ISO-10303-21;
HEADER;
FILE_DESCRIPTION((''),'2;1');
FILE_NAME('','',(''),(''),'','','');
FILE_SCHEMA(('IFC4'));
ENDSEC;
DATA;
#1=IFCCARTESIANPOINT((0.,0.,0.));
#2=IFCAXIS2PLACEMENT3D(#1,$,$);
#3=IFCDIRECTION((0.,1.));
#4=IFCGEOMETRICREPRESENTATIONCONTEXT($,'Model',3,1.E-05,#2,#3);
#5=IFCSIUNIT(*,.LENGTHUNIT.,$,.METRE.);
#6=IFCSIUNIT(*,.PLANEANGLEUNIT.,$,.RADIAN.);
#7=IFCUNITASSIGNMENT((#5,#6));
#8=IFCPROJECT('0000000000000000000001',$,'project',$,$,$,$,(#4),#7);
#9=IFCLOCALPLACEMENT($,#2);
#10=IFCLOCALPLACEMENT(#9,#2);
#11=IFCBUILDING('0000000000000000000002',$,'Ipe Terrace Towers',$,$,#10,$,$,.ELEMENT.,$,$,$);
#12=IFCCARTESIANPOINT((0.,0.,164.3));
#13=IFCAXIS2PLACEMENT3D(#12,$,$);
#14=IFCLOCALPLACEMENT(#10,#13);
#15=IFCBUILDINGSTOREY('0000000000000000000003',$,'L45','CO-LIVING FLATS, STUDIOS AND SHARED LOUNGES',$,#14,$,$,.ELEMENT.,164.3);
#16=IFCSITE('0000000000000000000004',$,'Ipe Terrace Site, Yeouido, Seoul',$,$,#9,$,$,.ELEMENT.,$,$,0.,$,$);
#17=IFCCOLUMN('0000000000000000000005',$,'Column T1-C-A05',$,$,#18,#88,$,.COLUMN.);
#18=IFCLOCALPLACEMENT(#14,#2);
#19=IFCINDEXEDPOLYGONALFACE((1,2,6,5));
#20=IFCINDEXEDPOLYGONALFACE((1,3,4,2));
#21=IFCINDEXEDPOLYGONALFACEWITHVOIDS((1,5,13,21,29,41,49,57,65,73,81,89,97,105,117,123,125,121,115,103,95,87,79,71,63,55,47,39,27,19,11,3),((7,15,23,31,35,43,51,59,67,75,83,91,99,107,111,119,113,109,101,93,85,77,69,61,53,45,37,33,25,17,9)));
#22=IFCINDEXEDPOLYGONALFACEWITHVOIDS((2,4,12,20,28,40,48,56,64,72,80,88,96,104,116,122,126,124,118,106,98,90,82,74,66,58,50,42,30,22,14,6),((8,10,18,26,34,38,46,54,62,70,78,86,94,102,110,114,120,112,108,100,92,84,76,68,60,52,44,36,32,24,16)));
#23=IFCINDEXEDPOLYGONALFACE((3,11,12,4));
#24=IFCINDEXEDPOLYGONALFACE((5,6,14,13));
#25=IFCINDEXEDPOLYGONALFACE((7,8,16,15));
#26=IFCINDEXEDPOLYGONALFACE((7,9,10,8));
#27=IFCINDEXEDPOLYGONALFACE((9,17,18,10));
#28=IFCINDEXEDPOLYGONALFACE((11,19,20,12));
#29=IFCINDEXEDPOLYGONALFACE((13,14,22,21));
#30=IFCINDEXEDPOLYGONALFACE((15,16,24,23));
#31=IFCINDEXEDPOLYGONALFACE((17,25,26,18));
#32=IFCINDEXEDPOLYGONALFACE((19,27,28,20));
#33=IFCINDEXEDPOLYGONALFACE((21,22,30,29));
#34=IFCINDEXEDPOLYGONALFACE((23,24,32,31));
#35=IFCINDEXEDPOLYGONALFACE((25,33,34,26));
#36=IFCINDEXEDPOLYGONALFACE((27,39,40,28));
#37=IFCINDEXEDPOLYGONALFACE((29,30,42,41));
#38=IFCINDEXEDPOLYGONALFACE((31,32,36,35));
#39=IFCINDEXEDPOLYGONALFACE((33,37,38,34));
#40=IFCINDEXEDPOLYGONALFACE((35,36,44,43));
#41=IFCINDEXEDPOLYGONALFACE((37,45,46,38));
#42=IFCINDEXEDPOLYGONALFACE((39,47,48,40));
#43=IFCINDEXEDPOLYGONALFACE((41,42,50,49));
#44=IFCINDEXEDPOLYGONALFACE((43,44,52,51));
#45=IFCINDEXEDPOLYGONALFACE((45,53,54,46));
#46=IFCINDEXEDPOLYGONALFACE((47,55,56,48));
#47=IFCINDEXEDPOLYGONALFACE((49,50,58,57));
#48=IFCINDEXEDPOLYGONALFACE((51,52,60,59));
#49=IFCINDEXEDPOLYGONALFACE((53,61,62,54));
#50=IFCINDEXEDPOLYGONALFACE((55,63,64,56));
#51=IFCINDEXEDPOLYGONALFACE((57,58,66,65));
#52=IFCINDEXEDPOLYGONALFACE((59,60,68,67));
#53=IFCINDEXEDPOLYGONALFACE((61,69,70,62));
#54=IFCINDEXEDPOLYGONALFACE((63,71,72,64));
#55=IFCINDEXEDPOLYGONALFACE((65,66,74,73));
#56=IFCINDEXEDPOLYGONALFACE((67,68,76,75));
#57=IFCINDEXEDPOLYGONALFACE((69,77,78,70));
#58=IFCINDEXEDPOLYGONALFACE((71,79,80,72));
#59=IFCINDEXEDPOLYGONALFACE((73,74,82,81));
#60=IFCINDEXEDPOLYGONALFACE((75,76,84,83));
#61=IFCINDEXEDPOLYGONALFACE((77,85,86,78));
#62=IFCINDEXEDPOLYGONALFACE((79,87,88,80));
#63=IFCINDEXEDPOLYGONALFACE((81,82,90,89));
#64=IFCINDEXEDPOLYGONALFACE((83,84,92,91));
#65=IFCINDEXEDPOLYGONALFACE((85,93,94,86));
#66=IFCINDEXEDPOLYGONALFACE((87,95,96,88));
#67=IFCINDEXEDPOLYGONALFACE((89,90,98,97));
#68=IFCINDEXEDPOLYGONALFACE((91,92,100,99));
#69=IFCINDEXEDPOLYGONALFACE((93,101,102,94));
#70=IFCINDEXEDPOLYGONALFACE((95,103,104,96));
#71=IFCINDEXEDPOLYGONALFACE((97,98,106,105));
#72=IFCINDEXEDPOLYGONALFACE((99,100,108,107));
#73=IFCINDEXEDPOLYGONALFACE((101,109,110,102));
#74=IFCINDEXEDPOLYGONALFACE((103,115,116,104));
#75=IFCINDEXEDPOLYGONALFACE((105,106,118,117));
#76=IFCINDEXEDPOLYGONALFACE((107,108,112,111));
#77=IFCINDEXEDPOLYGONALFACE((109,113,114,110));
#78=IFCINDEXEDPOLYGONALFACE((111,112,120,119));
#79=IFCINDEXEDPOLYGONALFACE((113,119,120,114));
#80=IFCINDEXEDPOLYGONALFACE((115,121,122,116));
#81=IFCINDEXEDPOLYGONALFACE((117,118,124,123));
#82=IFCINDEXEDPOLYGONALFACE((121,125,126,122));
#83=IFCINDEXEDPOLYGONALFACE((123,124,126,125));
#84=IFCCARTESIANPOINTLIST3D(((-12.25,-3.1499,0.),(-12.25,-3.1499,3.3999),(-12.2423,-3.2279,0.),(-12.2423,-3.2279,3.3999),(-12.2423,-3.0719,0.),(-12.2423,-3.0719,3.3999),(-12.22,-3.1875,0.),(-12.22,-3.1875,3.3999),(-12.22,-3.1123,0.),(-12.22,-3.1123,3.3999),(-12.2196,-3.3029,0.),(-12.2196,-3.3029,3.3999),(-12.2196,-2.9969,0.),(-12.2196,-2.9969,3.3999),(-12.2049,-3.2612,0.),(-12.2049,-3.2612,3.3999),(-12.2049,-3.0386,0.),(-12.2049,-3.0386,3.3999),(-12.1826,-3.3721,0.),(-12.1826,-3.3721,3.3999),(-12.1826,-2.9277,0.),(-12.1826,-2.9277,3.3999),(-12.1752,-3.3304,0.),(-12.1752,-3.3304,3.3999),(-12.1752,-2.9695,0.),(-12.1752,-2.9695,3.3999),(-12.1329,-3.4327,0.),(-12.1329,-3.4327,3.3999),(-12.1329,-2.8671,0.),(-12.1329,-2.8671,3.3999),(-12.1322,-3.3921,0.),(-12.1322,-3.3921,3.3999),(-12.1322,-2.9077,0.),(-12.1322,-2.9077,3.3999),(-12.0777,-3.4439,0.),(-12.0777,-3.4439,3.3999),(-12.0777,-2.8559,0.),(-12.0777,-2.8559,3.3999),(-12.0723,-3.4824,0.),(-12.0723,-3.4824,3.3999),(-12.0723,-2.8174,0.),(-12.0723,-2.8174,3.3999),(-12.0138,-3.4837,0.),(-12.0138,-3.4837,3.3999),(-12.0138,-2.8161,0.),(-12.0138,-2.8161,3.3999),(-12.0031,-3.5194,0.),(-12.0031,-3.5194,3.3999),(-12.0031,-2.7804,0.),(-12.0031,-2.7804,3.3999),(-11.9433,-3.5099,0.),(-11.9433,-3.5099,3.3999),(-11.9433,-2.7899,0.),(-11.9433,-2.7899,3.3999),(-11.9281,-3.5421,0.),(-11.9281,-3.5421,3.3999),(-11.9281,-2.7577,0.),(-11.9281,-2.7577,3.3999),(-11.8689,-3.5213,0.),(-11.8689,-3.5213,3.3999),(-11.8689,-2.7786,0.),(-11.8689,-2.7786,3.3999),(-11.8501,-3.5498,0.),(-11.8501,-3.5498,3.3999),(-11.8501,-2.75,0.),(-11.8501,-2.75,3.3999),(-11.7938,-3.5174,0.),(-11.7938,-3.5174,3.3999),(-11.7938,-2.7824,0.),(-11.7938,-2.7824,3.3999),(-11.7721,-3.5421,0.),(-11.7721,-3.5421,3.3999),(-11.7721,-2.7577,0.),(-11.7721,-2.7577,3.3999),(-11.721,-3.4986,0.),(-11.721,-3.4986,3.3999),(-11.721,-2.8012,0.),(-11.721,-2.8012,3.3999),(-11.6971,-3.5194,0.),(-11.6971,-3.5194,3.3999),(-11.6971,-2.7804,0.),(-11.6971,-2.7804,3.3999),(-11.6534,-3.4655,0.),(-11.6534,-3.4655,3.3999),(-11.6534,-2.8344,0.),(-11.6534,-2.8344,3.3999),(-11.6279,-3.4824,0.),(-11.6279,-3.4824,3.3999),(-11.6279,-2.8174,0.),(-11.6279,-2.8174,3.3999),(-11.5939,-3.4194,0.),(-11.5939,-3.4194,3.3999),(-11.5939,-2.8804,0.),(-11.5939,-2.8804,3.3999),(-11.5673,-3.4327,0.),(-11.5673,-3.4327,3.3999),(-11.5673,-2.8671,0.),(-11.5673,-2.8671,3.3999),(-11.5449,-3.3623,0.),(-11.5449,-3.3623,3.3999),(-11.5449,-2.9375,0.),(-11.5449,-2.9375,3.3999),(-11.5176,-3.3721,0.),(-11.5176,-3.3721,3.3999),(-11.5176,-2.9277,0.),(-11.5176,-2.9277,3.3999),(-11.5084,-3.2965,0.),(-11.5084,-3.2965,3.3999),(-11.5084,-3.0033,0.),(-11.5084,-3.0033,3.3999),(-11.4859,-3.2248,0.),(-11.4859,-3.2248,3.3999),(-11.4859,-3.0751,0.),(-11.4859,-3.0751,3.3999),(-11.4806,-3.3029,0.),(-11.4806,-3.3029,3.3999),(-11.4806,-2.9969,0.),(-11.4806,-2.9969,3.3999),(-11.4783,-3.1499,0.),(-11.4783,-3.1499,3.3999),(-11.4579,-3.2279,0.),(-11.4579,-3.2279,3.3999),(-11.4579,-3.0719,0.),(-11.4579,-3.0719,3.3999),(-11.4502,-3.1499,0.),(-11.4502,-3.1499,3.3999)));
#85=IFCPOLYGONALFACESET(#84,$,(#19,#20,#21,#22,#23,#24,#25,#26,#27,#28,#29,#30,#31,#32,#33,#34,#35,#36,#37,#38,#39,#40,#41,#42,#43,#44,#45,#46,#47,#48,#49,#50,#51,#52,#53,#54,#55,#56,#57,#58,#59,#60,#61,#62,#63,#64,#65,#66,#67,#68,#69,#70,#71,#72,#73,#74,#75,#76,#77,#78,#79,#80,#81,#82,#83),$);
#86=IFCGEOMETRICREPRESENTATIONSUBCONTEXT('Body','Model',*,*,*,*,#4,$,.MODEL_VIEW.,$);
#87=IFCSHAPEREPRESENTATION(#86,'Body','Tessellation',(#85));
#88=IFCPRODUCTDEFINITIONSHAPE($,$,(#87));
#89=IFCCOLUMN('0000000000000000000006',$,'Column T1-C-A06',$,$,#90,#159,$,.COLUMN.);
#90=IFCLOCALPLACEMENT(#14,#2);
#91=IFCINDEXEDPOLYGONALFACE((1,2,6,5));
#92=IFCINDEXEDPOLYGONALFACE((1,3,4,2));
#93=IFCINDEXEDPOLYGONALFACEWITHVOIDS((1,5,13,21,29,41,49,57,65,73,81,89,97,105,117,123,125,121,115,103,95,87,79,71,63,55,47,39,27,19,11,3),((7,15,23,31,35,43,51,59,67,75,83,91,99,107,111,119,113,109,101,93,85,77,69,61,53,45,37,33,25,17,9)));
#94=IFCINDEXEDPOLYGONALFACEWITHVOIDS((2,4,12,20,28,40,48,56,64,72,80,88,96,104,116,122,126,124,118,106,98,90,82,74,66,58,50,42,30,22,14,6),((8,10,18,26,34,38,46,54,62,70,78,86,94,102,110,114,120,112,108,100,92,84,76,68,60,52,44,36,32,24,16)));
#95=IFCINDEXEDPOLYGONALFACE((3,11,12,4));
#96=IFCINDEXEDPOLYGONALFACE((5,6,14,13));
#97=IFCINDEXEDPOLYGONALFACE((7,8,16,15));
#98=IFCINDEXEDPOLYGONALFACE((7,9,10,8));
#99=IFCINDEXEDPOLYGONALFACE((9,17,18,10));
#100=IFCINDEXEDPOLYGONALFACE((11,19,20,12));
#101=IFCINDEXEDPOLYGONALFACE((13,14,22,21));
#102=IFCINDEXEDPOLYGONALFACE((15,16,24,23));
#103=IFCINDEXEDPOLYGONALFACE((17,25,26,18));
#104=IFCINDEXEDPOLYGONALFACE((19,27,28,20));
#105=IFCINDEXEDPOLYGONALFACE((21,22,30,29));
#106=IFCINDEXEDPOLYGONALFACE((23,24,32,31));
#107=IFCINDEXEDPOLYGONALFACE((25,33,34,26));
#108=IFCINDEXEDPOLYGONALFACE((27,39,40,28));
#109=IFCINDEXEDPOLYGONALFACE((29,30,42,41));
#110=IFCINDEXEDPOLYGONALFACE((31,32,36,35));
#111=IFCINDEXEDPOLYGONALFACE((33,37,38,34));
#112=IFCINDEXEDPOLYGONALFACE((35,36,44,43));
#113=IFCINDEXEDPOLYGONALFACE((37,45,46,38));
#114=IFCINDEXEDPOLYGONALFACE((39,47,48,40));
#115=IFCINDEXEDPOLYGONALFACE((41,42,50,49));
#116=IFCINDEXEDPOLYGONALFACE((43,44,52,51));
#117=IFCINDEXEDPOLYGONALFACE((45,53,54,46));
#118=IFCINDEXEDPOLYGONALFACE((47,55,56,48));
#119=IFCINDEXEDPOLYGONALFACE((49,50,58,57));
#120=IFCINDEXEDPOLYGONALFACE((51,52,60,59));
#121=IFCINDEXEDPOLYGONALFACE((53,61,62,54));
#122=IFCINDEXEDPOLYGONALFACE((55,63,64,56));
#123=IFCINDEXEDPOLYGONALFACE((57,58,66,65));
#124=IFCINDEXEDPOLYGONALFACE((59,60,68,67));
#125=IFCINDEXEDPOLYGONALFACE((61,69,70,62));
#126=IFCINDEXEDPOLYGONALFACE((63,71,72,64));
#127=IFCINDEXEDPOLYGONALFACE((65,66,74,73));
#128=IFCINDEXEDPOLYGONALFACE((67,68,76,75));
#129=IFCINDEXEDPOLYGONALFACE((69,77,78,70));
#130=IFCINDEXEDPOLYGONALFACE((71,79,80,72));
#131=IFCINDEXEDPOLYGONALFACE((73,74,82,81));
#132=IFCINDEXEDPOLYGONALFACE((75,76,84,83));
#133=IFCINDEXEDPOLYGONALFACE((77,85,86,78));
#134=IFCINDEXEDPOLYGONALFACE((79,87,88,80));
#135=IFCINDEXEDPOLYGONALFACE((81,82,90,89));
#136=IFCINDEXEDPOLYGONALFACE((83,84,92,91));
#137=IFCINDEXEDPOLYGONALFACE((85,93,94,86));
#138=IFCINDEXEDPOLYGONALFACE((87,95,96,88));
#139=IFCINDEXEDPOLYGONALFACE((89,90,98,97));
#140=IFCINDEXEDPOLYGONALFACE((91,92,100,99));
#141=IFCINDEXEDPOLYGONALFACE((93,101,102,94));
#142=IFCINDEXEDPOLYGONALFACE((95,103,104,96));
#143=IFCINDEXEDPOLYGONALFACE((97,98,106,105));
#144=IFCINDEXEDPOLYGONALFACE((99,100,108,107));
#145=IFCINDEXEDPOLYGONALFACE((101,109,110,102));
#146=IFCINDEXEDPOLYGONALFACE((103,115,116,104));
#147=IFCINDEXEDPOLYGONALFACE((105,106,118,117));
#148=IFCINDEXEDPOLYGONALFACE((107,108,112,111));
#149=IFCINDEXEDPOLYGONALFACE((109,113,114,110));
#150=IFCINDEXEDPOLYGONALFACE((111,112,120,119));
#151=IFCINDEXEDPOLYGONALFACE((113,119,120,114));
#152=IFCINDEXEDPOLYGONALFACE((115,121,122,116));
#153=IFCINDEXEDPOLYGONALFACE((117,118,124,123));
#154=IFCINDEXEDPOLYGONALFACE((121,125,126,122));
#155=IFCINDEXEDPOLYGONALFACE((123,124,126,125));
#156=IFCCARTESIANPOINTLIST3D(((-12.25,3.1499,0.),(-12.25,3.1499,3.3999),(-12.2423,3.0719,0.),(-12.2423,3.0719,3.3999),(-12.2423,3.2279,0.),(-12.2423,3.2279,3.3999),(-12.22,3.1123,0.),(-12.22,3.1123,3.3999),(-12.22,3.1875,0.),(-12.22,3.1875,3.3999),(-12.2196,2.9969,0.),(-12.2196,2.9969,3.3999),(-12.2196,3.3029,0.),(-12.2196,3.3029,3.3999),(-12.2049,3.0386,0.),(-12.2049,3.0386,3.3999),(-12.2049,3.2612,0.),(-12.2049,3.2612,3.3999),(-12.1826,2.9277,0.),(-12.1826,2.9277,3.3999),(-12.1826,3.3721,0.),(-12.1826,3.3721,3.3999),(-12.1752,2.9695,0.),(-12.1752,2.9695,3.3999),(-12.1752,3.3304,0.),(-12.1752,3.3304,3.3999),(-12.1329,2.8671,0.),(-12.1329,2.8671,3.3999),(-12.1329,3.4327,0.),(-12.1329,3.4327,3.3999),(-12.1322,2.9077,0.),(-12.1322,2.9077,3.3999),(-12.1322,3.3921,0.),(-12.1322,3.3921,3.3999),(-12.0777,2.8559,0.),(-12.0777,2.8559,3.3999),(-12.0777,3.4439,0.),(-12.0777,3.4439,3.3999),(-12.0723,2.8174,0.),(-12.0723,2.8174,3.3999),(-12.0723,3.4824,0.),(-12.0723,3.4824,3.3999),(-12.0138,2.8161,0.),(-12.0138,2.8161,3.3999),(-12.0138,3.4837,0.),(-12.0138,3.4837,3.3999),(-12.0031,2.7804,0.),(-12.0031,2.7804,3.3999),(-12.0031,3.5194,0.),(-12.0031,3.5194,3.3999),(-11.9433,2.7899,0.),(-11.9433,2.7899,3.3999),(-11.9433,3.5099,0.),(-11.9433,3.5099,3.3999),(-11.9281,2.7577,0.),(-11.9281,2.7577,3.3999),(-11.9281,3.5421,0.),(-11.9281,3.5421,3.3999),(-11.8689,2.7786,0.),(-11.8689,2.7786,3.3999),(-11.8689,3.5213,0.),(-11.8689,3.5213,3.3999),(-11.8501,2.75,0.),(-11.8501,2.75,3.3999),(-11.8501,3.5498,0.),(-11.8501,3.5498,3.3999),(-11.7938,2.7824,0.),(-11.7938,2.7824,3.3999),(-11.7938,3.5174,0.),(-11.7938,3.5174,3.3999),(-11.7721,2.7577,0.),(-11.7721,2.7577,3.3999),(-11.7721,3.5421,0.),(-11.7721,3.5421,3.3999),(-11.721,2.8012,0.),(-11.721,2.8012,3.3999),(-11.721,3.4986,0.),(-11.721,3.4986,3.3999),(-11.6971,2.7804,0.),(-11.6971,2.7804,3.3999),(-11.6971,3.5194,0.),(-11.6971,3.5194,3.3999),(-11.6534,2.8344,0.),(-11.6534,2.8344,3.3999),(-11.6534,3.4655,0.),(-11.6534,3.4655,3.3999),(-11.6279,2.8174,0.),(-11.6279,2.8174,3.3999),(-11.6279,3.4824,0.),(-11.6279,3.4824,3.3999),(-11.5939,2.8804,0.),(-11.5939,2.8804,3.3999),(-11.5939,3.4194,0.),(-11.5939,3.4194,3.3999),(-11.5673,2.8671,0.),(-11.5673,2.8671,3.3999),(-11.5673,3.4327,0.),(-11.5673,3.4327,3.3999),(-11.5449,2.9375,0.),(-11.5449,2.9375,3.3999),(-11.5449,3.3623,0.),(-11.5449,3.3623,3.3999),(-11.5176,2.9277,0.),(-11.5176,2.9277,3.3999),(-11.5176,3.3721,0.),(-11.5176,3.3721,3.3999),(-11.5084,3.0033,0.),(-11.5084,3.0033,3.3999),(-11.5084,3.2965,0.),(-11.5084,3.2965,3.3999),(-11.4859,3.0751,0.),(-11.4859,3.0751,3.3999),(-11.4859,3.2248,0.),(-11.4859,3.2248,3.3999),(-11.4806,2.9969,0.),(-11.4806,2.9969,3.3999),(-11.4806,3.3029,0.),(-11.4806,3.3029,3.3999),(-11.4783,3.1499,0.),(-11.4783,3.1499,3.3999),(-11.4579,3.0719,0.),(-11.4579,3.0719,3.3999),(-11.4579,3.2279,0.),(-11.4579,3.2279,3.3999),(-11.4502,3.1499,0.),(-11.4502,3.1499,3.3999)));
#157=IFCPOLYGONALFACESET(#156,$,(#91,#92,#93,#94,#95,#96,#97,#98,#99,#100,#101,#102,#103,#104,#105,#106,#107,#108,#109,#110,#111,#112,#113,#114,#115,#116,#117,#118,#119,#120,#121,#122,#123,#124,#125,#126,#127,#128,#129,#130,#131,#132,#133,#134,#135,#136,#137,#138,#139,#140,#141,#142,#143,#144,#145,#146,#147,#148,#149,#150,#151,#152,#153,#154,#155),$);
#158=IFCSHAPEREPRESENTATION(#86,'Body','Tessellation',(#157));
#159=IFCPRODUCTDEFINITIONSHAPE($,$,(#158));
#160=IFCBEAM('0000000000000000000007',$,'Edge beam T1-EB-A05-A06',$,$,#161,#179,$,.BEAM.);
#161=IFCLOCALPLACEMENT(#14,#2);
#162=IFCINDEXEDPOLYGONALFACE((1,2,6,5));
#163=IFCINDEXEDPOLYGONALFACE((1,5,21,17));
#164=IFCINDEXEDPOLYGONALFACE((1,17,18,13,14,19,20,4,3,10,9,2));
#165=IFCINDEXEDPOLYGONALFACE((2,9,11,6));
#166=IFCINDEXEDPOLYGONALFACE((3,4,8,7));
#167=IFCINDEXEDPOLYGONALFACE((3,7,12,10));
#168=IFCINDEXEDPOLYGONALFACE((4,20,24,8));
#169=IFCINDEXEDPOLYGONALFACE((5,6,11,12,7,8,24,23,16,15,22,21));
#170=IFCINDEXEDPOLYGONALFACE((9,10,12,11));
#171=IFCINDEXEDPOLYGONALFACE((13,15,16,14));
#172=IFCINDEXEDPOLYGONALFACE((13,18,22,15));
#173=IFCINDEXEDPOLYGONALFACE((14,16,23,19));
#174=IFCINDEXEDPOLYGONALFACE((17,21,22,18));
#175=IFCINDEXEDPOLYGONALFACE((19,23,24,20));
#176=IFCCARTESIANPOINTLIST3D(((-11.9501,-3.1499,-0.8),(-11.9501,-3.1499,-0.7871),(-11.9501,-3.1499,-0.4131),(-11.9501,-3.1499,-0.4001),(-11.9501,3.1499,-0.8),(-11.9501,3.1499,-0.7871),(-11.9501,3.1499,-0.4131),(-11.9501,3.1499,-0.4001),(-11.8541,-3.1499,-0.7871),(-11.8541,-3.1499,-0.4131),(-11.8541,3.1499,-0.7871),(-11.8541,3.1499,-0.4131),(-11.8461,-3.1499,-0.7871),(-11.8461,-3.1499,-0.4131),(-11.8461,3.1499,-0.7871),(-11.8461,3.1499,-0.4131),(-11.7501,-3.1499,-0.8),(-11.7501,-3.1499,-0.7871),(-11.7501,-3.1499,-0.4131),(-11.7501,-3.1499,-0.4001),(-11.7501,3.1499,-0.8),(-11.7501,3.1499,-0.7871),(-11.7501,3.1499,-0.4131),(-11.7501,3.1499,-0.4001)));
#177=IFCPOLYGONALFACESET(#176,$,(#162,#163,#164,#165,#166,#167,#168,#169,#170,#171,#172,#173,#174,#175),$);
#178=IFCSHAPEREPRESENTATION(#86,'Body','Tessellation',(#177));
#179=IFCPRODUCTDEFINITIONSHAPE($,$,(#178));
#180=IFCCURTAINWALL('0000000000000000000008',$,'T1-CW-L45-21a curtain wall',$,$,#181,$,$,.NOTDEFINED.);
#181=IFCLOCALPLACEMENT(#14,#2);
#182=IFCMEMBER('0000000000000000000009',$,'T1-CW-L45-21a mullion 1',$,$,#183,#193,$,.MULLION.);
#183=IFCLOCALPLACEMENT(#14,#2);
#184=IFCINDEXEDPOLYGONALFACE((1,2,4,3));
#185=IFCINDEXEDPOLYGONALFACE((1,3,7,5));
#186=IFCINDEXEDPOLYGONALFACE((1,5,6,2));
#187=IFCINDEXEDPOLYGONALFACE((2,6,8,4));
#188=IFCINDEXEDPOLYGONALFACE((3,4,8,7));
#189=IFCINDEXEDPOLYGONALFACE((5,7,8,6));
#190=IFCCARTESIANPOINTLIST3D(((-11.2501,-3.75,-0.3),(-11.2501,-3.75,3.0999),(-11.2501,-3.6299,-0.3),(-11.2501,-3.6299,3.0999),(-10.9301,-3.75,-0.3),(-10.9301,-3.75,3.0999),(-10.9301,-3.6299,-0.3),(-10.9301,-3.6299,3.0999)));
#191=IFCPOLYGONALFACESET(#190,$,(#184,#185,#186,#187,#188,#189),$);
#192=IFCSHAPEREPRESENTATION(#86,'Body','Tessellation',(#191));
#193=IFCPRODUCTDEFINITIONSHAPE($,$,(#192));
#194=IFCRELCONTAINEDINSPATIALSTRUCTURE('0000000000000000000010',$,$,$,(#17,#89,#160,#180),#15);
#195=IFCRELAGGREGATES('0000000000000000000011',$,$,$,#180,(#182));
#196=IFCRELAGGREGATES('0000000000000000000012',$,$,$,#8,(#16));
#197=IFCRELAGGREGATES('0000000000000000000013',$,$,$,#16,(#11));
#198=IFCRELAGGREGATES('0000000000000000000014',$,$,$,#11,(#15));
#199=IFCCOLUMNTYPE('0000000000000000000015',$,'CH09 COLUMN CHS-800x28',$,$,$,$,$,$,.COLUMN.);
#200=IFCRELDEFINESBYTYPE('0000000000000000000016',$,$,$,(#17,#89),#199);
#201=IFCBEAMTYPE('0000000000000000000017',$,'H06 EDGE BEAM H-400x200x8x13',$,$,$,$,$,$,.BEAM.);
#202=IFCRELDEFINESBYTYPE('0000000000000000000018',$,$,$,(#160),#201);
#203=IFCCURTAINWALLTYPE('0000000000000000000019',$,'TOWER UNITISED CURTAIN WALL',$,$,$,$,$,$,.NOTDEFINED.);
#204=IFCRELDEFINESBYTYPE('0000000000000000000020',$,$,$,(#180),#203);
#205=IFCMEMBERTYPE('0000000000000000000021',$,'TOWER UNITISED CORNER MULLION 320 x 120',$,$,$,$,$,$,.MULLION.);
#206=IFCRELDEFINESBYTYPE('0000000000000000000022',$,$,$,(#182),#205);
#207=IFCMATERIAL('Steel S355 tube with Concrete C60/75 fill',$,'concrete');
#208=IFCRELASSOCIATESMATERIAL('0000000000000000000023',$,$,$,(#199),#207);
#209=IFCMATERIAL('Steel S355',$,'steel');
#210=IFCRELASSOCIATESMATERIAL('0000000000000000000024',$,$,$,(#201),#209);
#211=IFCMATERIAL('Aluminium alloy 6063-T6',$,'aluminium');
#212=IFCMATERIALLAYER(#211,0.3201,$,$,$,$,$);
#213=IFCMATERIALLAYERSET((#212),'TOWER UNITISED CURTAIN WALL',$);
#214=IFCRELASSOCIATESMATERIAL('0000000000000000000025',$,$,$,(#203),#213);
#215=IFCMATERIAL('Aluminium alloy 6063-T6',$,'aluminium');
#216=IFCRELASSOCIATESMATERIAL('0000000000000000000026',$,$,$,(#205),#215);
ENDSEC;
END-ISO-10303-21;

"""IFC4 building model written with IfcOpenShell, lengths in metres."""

from ifc_helpers import new_model, si_unit, direction, frame, origin, origin_2d, place, context, subcontext, project, spatial, rectangle, hollow_circle, i_section, extrude, material, layer, layer_set, material_profile, profile_set, type_object, element, aggregate, save


model = new_model("IFC4")

# Units and contexts
model_context = context("Model", 3, precision=1e-05, world=origin(), true_north=direction((0.0, 1.0)))
body_context = subcontext(model_context, "Body", "Model", "MODEL_VIEW")
ifc_project = project(units=[si_unit("LENGTHUNIT", "METRE"), si_unit("PLANEANGLEUNIT", "RADIAN")], contexts=[model_context])

# Site, building, storey
site_placement = place(None, origin())
site = spatial("IfcSite", under=ifc_project, at=site_placement, Name="Ipe Terrace Site, Yeouido, Seoul", CompositionType="ELEMENT", RefElevation=0.0)
building_placement = place(site_placement, origin())
building = spatial("IfcBuilding", under=site, at=building_placement, Name="Ipe Terrace Towers", CompositionType="ELEMENT")
storey_placement = place(building_placement, frame((0.0, 0.0, 164.3)))
storey = spatial("IfcBuildingStorey", under=building, at=storey_placement, Name="L45", Description="CO-LIVING FLATS, STUDIOS AND SHARED LOUNGES", CompositionType="ELEMENT", Elevation=164.3)

# Columns
ifc_material_1 = material(Name="Steel S355 tube with Concrete C60/75 fill", Category="concrete")
ifc_material_profile_1 = material_profile(ifc_material_1, hollow_circle(Radius=0.3999, WallThickness=0.0281, at=origin_2d()), Name="CHS-800x28")
ifc_profile_set_1 = profile_set([ifc_material_profile_1], Name="Steel S355 tube with Concrete C60/75 fill")
column_type = type_object("IfcColumnType", Name="CH09 COLUMN CHS-800x28", PredefinedType="COLUMN", material=ifc_profile_set_1)
for number, where, z_axis, x_axis, name in (
    (1, (-11.8501, -3.1499, 0.0), (0.0, 0.0, 1.0), (1.0, 0.0, 0.0), "Column T1-C-A05"),
    (2, (-11.8501, 3.1499, 0.0), (0.0, 0.0, 1.0), (1.0, 0.0, 0.0), "Column T1-C-A06"),
):
    element("IfcColumn", number, at=place(storey_placement, frame(where, z_axis=z_axis, x_axis=x_axis)), inside=storey, type_object=column_type, Name=name, PredefinedType="COLUMN", context=body_context, shape_type="SweptSolid", body=[
        extrude(hollow_circle(Radius=0.3999, WallThickness=0.0281, at=origin_2d()), origin(), (0.0, 0.0, 1.0), 3.3999),
    ])

# Beam
ifc_material_2 = material(Name="Steel S355", Category="steel")
ifc_material_profile_2 = material_profile(ifc_material_2, i_section(OverallWidth=0.2, OverallDepth=0.3999, WebThickness=0.0081, FlangeThickness=0.0129, at=origin_2d()), Name="H-400x200x8x13")
ifc_profile_set_2 = profile_set([ifc_material_profile_2], Name="Steel S355")
beam_type = type_object("IfcBeamType", Name="H06 EDGE BEAM H-400x200x8x13", PredefinedType="BEAM", material=ifc_profile_set_2)
beam_placement = place(storey_placement, frame((-11.8501, -3.1499, -0.6001), z_axis=(0.0, 1.0, 0.0), x_axis=(-1.0, 0.0, 0.0)))
element("IfcBeam", 3, at=beam_placement, inside=storey, type_object=beam_type, Name="Edge beam T1-EB-A05-A06", PredefinedType="BEAM", context=body_context, shape_type="SweptSolid", body=[
    extrude(i_section(OverallWidth=0.2, OverallDepth=0.3999, WebThickness=0.0081, FlangeThickness=0.0129, at=origin_2d()), origin(), (0.0, 0.0, 1.0), 6.2998),
])

# Curtain wall, member
ifc_material_3 = material(Name="Aluminium alloy 6063-T6", Category="aluminium")
ifc_layer_1 = layer(ifc_material_3, 0.3201)
ifc_layer_set_1 = layer_set([ifc_layer_1], Name="TOWER UNITISED CURTAIN WALL")
curtain_wall_type = type_object("IfcCurtainWallType", Name="TOWER UNITISED CURTAIN WALL", PredefinedType="NOTDEFINED", material=ifc_layer_set_1)
curtain_wall_placement = place(storey_placement, origin())
curtain_wall = element("IfcCurtainWall", 4, at=curtain_wall_placement, inside=storey, type_object=curtain_wall_type, Name="T1-CW-L45-21a curtain wall", PredefinedType="NOTDEFINED")
ifc_material_4 = material(Name="Aluminium alloy 6063-T6", Category="aluminium")
ifc_material_profile_3 = material_profile(ifc_material_4, rectangle(XDim=0.3201, YDim=0.1201, at=origin_2d()), Name="TOWER UNITISED CORNER MULLION 320 x 120")
ifc_profile_set_3 = profile_set([ifc_material_profile_3], Name="Aluminium alloy 6063-T6")
member_type_1 = type_object("IfcMemberType", Name="TOWER UNITISED CORNER MULLION 320 x 120", PredefinedType="MULLION", material=ifc_profile_set_3)
member_1_placement = place(storey_placement, frame((-11.0901, -3.6899, -0.3), z_axis=(0.0, 0.0, 1.0), x_axis=(1.0, 0.0, 0.0)))
member_1 = element("IfcMember", 5, at=member_1_placement, type_object=member_type_1, Name="T1-CW-L45-21a mullion 1", PredefinedType="MULLION", context=body_context, shape_type="SweptSolid", body=[
    extrude(rectangle(XDim=0.3201, YDim=0.1201, at=origin_2d()), origin(), (0.0, 0.0, 1.0), 3.3999),
])

aggregate(curtain_wall, [member_1])

save(model, "model.ifc")
